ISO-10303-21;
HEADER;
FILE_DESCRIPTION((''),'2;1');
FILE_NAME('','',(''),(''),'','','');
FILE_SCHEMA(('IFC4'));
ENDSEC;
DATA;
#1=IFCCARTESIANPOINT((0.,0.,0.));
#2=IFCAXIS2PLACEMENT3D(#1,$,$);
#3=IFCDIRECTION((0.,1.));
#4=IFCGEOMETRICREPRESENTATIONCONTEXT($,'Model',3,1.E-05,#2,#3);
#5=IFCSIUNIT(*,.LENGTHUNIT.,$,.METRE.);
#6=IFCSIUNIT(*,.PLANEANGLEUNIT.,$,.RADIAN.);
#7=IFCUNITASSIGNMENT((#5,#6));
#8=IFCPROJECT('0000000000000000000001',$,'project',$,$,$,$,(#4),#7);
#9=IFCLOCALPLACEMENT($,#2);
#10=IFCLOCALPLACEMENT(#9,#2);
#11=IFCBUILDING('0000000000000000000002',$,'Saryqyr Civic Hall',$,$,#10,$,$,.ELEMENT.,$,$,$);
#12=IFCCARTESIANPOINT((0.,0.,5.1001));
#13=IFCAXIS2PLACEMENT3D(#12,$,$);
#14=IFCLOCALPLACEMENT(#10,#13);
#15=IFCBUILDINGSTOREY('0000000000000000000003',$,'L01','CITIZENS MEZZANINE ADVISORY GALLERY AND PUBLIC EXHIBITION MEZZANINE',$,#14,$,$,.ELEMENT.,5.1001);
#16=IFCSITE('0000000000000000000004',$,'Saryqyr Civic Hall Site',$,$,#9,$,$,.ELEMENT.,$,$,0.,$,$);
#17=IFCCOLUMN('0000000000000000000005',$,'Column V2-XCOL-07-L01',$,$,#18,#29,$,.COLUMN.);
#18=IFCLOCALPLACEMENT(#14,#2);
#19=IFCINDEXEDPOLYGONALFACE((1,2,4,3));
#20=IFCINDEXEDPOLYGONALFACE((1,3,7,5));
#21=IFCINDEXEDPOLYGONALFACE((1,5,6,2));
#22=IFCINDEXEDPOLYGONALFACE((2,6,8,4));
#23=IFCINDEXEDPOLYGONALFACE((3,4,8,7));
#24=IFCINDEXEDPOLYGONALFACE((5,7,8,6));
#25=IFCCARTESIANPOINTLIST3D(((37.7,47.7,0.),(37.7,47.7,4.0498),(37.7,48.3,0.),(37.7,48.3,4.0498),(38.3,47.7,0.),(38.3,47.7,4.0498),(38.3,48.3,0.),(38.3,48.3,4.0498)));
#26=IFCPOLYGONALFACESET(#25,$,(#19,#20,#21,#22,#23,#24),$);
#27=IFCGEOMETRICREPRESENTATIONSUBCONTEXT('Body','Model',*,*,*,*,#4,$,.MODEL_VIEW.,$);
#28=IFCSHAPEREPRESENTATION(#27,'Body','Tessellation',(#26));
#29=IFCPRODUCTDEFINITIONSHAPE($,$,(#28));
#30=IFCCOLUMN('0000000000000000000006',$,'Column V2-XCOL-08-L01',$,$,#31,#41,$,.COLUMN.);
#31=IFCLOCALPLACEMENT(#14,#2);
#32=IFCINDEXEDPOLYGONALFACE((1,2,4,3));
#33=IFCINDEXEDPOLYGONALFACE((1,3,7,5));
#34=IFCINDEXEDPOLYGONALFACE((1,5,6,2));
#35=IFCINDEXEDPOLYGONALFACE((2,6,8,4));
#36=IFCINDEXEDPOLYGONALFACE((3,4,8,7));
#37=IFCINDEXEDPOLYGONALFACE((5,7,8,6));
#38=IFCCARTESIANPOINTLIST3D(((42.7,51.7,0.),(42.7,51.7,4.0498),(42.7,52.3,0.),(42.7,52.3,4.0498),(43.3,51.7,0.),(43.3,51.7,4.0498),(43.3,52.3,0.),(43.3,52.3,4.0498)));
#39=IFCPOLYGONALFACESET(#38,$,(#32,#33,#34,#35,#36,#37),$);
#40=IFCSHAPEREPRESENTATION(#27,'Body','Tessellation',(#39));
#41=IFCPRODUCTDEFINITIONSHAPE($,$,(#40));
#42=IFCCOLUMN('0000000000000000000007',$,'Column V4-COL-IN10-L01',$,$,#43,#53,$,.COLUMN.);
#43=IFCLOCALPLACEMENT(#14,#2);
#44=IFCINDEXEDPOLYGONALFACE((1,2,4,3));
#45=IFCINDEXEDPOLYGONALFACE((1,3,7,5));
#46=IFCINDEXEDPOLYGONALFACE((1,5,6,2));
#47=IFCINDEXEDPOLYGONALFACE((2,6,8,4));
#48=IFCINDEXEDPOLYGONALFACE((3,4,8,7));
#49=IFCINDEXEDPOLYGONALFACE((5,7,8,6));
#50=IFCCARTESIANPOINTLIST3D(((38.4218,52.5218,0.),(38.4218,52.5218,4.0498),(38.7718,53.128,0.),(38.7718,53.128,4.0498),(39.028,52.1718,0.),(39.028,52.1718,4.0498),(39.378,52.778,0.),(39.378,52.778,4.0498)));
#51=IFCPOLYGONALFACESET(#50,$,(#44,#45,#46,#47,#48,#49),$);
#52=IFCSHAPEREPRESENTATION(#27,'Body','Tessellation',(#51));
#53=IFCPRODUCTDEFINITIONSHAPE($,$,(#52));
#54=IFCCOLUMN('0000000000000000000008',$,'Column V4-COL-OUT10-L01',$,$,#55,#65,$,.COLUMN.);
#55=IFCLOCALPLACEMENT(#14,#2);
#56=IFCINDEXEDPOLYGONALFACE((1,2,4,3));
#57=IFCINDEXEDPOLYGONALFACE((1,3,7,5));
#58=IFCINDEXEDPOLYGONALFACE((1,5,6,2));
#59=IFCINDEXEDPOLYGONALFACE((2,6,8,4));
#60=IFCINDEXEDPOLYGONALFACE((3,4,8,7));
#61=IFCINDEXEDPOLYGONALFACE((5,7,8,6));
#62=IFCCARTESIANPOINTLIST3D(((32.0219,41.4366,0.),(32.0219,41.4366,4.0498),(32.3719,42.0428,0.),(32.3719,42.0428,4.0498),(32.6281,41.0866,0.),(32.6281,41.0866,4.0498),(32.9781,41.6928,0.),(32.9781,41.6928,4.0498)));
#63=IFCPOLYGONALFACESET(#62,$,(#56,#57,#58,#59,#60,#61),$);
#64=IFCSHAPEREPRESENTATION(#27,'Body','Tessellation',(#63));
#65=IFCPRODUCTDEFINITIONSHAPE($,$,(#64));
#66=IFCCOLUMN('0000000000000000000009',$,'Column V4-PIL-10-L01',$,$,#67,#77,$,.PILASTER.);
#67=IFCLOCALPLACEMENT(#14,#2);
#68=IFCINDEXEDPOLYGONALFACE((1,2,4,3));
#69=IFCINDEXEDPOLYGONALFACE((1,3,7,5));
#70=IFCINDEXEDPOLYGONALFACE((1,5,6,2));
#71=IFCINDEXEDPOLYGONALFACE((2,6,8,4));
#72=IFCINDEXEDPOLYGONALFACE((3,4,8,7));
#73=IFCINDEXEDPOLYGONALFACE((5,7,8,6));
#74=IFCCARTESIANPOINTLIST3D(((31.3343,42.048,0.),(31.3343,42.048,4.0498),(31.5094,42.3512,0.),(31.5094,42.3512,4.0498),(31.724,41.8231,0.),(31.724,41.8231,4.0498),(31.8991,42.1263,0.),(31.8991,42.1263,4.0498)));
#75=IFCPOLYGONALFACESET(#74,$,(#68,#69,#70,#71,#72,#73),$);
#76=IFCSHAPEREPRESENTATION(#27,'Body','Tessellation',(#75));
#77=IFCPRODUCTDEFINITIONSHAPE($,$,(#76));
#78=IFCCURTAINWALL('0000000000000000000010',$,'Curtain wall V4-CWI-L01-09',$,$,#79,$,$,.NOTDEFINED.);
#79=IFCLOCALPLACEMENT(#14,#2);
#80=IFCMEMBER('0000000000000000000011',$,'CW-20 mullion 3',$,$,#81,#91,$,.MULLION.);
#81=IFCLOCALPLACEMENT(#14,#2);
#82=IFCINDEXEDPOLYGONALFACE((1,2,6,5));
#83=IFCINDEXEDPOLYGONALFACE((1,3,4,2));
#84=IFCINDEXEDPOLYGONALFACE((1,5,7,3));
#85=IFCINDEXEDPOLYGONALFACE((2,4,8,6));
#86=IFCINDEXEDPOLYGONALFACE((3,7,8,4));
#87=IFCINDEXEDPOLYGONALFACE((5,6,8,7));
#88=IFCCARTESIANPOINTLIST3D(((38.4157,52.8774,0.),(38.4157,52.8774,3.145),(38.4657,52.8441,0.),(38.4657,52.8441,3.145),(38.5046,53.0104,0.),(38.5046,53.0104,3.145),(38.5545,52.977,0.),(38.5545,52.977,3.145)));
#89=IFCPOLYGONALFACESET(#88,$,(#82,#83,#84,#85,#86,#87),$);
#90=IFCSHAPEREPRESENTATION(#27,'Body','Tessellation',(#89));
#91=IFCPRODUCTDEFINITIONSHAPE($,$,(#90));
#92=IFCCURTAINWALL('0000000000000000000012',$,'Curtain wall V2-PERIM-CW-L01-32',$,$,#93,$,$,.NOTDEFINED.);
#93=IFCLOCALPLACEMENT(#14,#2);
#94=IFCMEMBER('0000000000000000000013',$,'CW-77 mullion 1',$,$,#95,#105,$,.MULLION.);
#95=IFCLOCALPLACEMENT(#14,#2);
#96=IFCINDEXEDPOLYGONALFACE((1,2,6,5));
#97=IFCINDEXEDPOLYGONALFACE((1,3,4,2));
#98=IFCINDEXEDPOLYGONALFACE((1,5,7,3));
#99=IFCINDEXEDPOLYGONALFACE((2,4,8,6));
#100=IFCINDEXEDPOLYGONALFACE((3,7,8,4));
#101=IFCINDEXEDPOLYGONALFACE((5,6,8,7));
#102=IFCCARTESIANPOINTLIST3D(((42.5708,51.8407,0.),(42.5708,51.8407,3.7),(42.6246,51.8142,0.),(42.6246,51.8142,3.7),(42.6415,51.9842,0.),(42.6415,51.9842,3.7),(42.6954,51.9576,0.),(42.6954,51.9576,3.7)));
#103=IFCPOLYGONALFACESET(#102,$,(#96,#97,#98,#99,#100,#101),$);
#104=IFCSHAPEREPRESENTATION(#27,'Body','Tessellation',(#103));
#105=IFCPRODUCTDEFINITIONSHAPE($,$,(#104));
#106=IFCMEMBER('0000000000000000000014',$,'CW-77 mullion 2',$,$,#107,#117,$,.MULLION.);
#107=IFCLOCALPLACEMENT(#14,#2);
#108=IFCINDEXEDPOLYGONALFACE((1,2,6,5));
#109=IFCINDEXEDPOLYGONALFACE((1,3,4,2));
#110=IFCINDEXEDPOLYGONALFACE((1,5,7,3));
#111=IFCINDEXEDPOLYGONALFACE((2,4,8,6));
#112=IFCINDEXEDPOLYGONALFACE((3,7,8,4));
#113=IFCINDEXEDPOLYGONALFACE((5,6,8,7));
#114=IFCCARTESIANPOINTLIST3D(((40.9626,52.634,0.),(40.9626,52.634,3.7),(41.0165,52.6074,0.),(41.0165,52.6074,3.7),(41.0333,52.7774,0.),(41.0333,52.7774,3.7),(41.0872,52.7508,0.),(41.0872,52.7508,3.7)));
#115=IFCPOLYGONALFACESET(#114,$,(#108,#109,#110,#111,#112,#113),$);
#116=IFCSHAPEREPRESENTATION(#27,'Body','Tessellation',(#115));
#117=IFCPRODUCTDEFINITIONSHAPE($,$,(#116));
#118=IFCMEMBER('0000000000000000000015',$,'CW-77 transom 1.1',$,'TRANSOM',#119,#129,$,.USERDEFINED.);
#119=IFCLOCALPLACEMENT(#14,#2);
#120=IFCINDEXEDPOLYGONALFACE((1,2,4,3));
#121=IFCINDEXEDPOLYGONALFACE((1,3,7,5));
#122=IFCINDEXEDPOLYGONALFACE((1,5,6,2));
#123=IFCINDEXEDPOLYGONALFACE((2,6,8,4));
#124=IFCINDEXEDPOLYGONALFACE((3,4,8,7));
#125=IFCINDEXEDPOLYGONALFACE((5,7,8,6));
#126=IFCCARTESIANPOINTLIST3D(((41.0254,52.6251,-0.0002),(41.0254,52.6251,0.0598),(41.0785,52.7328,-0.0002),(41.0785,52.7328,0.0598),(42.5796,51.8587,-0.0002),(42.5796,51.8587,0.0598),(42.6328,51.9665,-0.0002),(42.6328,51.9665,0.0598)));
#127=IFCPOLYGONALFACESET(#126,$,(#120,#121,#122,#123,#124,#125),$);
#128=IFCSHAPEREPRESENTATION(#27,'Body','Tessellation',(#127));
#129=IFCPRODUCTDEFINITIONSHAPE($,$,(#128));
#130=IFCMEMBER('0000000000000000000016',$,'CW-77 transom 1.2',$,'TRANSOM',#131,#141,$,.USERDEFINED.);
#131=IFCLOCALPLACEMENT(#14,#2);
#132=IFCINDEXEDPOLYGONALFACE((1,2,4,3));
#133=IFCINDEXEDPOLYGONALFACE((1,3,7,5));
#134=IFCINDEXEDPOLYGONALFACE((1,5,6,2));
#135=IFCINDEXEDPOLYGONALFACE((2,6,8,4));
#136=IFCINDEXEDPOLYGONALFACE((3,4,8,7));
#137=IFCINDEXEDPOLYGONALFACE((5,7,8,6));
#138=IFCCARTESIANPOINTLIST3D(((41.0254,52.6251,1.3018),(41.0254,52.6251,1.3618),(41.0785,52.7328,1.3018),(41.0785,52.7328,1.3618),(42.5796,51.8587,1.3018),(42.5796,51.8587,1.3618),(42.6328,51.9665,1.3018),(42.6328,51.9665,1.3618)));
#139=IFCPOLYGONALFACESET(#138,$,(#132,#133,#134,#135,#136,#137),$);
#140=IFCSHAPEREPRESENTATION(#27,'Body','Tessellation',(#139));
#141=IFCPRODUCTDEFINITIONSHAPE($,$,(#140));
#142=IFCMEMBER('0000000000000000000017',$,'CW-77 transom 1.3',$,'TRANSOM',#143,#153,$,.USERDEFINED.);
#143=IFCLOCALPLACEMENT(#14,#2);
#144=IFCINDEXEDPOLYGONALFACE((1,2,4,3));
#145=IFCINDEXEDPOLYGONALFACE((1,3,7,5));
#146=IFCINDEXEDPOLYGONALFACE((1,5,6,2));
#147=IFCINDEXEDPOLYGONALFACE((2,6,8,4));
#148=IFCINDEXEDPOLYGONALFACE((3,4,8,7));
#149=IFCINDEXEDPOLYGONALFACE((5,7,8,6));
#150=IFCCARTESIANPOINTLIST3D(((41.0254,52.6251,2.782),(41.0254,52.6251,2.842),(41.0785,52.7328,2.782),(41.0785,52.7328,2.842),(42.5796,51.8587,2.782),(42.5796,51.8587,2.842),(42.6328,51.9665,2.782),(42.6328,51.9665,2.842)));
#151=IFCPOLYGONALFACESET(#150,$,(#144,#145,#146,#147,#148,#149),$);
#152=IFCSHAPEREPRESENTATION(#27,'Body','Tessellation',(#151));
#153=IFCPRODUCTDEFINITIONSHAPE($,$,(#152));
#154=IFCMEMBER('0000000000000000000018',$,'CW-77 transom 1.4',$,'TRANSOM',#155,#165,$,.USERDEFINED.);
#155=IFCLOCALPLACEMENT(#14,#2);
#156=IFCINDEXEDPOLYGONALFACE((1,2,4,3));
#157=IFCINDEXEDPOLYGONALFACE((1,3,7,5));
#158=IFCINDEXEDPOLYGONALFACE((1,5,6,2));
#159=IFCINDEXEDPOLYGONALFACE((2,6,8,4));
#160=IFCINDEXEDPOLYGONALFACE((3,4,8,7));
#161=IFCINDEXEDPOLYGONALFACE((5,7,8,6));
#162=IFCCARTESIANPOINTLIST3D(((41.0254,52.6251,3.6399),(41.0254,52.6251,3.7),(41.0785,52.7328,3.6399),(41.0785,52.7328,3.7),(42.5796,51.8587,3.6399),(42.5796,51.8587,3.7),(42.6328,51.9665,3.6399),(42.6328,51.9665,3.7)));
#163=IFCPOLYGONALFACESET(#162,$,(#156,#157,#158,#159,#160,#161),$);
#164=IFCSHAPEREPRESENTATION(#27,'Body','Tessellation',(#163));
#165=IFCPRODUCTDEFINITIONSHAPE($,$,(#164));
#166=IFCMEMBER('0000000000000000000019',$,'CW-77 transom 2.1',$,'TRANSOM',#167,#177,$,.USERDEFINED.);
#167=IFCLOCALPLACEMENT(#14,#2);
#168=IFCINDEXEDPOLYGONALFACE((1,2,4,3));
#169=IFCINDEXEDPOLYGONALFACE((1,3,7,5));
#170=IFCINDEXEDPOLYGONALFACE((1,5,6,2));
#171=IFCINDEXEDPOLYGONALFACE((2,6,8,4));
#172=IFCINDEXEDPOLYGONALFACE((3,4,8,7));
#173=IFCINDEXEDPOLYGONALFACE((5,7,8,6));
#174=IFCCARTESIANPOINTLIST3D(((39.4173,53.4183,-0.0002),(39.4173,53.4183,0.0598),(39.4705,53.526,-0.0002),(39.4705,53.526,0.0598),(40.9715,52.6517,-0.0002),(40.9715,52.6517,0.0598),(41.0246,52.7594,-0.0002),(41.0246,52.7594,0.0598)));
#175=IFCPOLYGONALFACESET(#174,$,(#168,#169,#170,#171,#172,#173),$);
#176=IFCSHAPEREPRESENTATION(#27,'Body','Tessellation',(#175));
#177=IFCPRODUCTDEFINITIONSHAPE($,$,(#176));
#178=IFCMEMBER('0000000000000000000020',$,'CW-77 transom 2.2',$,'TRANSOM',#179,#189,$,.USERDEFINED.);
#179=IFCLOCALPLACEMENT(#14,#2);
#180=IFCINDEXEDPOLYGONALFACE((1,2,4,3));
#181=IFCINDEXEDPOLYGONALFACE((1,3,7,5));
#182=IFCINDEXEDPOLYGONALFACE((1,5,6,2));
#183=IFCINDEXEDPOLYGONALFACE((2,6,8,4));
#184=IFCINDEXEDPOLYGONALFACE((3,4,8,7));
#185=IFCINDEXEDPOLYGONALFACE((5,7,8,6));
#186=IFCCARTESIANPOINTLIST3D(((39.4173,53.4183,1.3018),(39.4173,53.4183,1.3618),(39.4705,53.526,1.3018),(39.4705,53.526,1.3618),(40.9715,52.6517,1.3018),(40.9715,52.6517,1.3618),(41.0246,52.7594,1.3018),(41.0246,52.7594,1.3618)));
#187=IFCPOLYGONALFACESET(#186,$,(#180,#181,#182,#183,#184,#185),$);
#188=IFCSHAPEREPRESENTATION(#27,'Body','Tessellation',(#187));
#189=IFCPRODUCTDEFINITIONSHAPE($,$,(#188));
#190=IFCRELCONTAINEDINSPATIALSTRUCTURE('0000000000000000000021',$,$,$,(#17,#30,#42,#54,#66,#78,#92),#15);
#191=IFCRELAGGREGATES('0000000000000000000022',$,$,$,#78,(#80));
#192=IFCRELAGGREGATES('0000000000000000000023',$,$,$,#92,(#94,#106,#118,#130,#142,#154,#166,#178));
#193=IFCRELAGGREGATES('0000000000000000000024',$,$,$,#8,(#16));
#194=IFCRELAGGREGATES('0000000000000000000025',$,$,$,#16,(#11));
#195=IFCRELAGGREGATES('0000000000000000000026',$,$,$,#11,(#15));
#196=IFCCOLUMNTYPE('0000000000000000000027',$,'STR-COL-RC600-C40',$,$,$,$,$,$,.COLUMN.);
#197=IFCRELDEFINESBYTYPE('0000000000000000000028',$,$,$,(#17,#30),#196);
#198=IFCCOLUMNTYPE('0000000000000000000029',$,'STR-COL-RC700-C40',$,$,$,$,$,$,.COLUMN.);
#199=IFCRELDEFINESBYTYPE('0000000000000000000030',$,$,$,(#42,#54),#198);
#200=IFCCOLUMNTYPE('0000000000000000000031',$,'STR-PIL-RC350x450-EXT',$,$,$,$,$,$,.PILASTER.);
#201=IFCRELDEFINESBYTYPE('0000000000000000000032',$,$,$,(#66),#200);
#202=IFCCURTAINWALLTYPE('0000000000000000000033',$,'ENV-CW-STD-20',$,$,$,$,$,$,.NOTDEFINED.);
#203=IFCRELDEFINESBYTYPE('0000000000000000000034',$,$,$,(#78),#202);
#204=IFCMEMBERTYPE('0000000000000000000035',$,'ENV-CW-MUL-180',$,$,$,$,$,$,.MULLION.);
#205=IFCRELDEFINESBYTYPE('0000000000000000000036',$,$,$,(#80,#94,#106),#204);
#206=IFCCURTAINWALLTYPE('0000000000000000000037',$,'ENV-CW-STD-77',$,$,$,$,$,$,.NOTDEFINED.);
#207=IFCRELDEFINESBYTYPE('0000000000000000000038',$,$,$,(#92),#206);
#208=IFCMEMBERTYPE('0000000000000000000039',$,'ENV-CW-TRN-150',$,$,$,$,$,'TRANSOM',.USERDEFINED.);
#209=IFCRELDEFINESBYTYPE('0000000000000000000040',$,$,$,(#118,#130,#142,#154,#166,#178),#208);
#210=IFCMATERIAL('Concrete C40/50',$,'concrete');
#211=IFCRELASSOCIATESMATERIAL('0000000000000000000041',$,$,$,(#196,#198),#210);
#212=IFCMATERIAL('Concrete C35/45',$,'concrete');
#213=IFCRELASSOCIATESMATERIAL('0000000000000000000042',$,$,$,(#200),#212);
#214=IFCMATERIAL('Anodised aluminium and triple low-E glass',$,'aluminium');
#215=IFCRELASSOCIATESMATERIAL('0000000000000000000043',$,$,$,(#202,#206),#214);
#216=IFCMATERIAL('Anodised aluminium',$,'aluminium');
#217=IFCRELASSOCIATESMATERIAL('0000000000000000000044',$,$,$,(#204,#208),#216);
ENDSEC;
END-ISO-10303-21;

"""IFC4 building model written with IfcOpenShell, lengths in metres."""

from ifc_helpers import new_model, si_unit, direction, frame, origin, origin_2d, place, context, subcontext, project, spatial, rectangle, extrude, material, material_profile, profile_set, type_object, element, aggregate, save


model = new_model("IFC4")

# Units and contexts
model_context = context("Model", 3, precision=1e-05, world=origin(), true_north=direction((0.0, 1.0)))
body_context = subcontext(model_context, "Body", "Model", "MODEL_VIEW")
ifc_project = project(units=[si_unit("LENGTHUNIT", "METRE"), si_unit("PLANEANGLEUNIT", "RADIAN")], contexts=[model_context])

# Site, building, storey
site_placement = place(None, origin())
site = spatial("IfcSite", under=ifc_project, at=site_placement, Name="Saryqyr Civic Hall Site", CompositionType="ELEMENT", RefElevation=0.0)
building_placement = place(site_placement, origin())
building = spatial("IfcBuilding", under=site, at=building_placement, Name="Saryqyr Civic Hall", CompositionType="ELEMENT")
storey_placement = place(building_placement, frame((0.0, 0.0, 5.1001)))
storey = spatial("IfcBuildingStorey", under=building, at=storey_placement, Name="L01", Description="CITIZENS MEZZANINE ADVISORY GALLERY AND PUBLIC EXHIBITION MEZZANINE", CompositionType="ELEMENT", Elevation=5.1001)

# Columns
ifc_material_1 = material(Name="Concrete C40/50", Category="concrete")
ifc_material_profile_1 = material_profile(ifc_material_1, rectangle(XDim=0.6001, YDim=0.6001, at=origin_2d()), Name="RC 600x600")
ifc_profile_set_1 = profile_set([ifc_material_profile_1], Name="Concrete C40/50")
column_type_1 = type_object("IfcColumnType", Name="STR-COL-RC600-C40", PredefinedType="COLUMN", material=ifc_profile_set_1)
for number, where, z_axis, x_axis, name in (
    (1, (38.0, 48.0, 0.0), (0.0, 0.0, 1.0), (1.0, 0.0, 0.0), "Column V2-XCOL-07-L01"),
    (2, (43.0, 52.0, 0.0), (0.0, 0.0, 1.0), (1.0, 0.0, 0.0), "Column V2-XCOL-08-L01"),
):
    element("IfcColumn", number, at=place(storey_placement, frame(where, z_axis=z_axis, x_axis=x_axis)), inside=storey, type_object=column_type_1, Name=name, PredefinedType="COLUMN", context=body_context, shape_type="SweptSolid", body=[
        extrude(rectangle(XDim=0.6001, YDim=0.6001, at=origin_2d()), origin(), (0.0, 0.0, 1.0), 4.0498),
    ])
ifc_material_profile_2 = material_profile(ifc_material_1, rectangle(XDim=0.7, YDim=0.7, at=origin_2d()), Name="RC 700x700")
ifc_profile_set_2 = profile_set([ifc_material_profile_2], Name="Concrete C40/50")
column_type_2 = type_object("IfcColumnType", Name="STR-COL-RC700-C40", PredefinedType="COLUMN", material=ifc_profile_set_2)
for number, where, z_axis, x_axis, name in (
    (3, (38.8999, 52.6499, 0.0), (0.0, 0.0, 1.0), (-0.5, -0.866025, 0.0), "Column V4-COL-IN10-L01"),
    (4, (32.5, 41.5647, 0.0), (0.0, 0.0, 1.0), (-0.5, -0.866025, 0.0), "Column V4-COL-OUT10-L01"),
):
    element("IfcColumn", number, at=place(storey_placement, frame(where, z_axis=z_axis, x_axis=x_axis)), inside=storey, type_object=column_type_2, Name=name, PredefinedType="COLUMN", context=body_context, shape_type="SweptSolid", body=[
        extrude(rectangle(XDim=0.7, YDim=0.7, at=origin_2d()), origin(), (0.0, 0.0, 1.0), 4.0498),
    ])
ifc_material_2 = material(Name="Concrete C35/45", Category="concrete")
ifc_material_profile_3 = material_profile(ifc_material_2, rectangle(XDim=0.3501, YDim=0.45, at=origin_2d()), Name="RC 350x450")
ifc_profile_set_3 = profile_set([ifc_material_profile_3], Name="Concrete C35/45")
column_type_3 = type_object("IfcColumnType", Name="STR-PIL-RC350x450-EXT", PredefinedType="PILASTER", material=ifc_profile_set_3)
column_placement = place(storey_placement, frame((31.6167, 42.0872, 0.0), z_axis=(0.0, 0.0, 1.0), x_axis=(-0.5, -0.866025, 0.0)))
element("IfcColumn", 5, at=column_placement, inside=storey, type_object=column_type_3, Name="Column V4-PIL-10-L01", PredefinedType="PILASTER", context=body_context, shape_type="SweptSolid", body=[
    extrude(rectangle(XDim=0.3501, YDim=0.45, at=origin_2d()), origin(), (0.0, 0.0, 1.0), 4.0498),
])

# Curtain wall, member
ifc_material_3 = material(Name="Anodised aluminium and triple low-E glass", Category="aluminium")
curtain_wall_type_1 = type_object("IfcCurtainWallType", Name="ENV-CW-STD-20", PredefinedType="NOTDEFINED", material=ifc_material_3)
curtain_wall_1_placement = place(storey_placement, origin())
curtain_wall_1 = element("IfcCurtainWall", 6, at=curtain_wall_1_placement, inside=storey, type_object=curtain_wall_type_1, Name="Curtain wall V4-CWI-L01-09", PredefinedType="NOTDEFINED")
ifc_material_4 = material(Name="Anodised aluminium", Category="aluminium")
ifc_material_profile_4 = material_profile(ifc_material_4, rectangle(XDim=0.0601, YDim=0.1599, at=origin_2d()), Name="ALU MULLION 60x160")
ifc_profile_set_4 = profile_set([ifc_material_profile_4], Name="Anodised aluminium")
member_type_1 = type_object("IfcMemberType", Name="ENV-CW-MUL-180", PredefinedType="MULLION", material=ifc_profile_set_4)
member_1_placement = place(storey_placement, frame((38.4851, 52.9272, 0.0), z_axis=(0.0, 0.0, 1.0), x_axis=(0.831479, -0.555557, 0.0)))
member_1 = element("IfcMember", 7, at=member_1_placement, type_object=member_type_1, Name="CW-20 mullion 3", PredefinedType="MULLION", context=body_context, shape_type="SweptSolid", body=[
    extrude(rectangle(XDim=0.0601, YDim=0.1599, at=origin_2d()), origin(), (0.0, 0.0, 1.0), 3.145),
])
aggregate(curtain_wall_1, [member_1])

# Curtain wall, members
curtain_wall_type_2 = type_object("IfcCurtainWallType", Name="ENV-CW-STD-77", PredefinedType="NOTDEFINED", material=ifc_material_3)
curtain_wall_2_placement = place(storey_placement, origin())
curtain_wall_2 = element("IfcCurtainWall", 8, at=curtain_wall_2_placement, inside=storey, type_object=curtain_wall_type_2, Name="Curtain wall V2-PERIM-CW-L01-32", PredefinedType="NOTDEFINED")
member_2_placement = place(storey_placement, frame((42.6331, 51.8992, 0.0), z_axis=(0.0, 0.0, 1.0), x_axis=(-0.896871, 0.442292, 0.0)))
member_2 = element("IfcMember", 9, at=member_2_placement, type_object=member_type_1, Name="CW-77 mullion 1", PredefinedType="MULLION", context=body_context, shape_type="SweptSolid", body=[
    extrude(rectangle(XDim=0.0601, YDim=0.1599, at=origin_2d()), origin(), (0.0, 0.0, 1.0), 3.7),
])
member_3_placement = place(storey_placement, frame((41.0249, 52.6924, 0.0), z_axis=(0.0, 0.0, 1.0), x_axis=(-0.896871, 0.442292, 0.0)))
member_3 = element("IfcMember", 10, at=member_3_placement, type_object=member_type_1, Name="CW-77 mullion 2", PredefinedType="MULLION", context=body_context, shape_type="SweptSolid", body=[
    extrude(rectangle(XDim=0.0601, YDim=0.1599, at=origin_2d()), origin(), (0.0, 0.0, 1.0), 3.7),
])
ifc_material_profile_5 = material_profile(ifc_material_4, rectangle(XDim=0.1201, YDim=0.0601, at=origin_2d()), Name="ALU TRANSOM 120x60")
ifc_profile_set_5 = profile_set([ifc_material_profile_5], Name="Anodised aluminium")
member_type_2 = type_object("IfcMemberType", Name="ENV-CW-TRN-150", ElementType="TRANSOM", PredefinedType="USERDEFINED", material=ifc_profile_set_5)
member_4_placement = place(storey_placement, frame((42.6062, 51.9126, 0.0298), z_axis=(-0.896893, 0.442247, 0.0), x_axis=(-0.442247, -0.896893, 0.0)))
member_4 = element("IfcMember", 11, at=member_4_placement, type_object=member_type_2, Name="CW-77 transom 1.1", ObjectType="TRANSOM", PredefinedType="USERDEFINED", context=body_context, shape_type="SweptSolid", body=[
    extrude(rectangle(XDim=0.1201, YDim=0.0601, at=origin_2d()), origin(), (0.0, 0.0, 1.0), 1.7329),
])
member_5_placement = place(storey_placement, frame((42.6062, 51.9126, 1.3318), z_axis=(-0.896893, 0.442247, 0.0), x_axis=(-0.442247, -0.896893, 0.0)))
member_5 = element("IfcMember", 12, at=member_5_placement, type_object=member_type_2, Name="CW-77 transom 1.2", ObjectType="TRANSOM", PredefinedType="USERDEFINED", context=body_context, shape_type="SweptSolid", body=[
    extrude(rectangle(XDim=0.1201, YDim=0.0601, at=origin_2d()), origin(), (0.0, 0.0, 1.0), 1.7329),
])
member_6_placement = place(storey_placement, frame((42.6062, 51.9126, 2.812), z_axis=(-0.896893, 0.442247, 0.0), x_axis=(-0.442247, -0.896893, 0.0)))
member_6 = element("IfcMember", 13, at=member_6_placement, type_object=member_type_2, Name="CW-77 transom 1.3", ObjectType="TRANSOM", PredefinedType="USERDEFINED", context=body_context, shape_type="SweptSolid", body=[
    extrude(rectangle(XDim=0.1201, YDim=0.0601, at=origin_2d()), origin(), (0.0, 0.0, 1.0), 1.7329),
])
member_7_placement = place(storey_placement, frame((42.6062, 51.9126, 3.6699), z_axis=(-0.896893, 0.442247, 0.0), x_axis=(-0.442247, -0.896893, 0.0)))
member_7 = element("IfcMember", 14, at=member_7_placement, type_object=member_type_2, Name="CW-77 transom 1.4", ObjectType="TRANSOM", PredefinedType="USERDEFINED", context=body_context, shape_type="SweptSolid", body=[
    extrude(rectangle(XDim=0.1201, YDim=0.0601, at=origin_2d()), origin(), (0.0, 0.0, 1.0), 1.7329),
])
member_8_placement = place(storey_placement, frame((40.998, 52.7056, 0.0298), z_axis=(-0.896837, 0.442361, 0.0), x_axis=(-0.442361, -0.896837, 0.0)))
member_8 = element("IfcMember", 15, at=member_8_placement, type_object=member_type_2, Name="CW-77 transom 2.1", ObjectType="TRANSOM", PredefinedType="USERDEFINED", context=body_context, shape_type="SweptSolid", body=[
    extrude(rectangle(XDim=0.1201, YDim=0.0601, at=origin_2d()), origin(), (0.0, 0.0, 1.0), 1.7329),
])
member_9_placement = place(storey_placement, frame((40.998, 52.7056, 1.3318), z_axis=(-0.896837, 0.442361, 0.0), x_axis=(-0.442361, -0.896837, 0.0)))
member_9 = element("IfcMember", 16, at=member_9_placement, type_object=member_type_2, Name="CW-77 transom 2.2", ObjectType="TRANSOM", PredefinedType="USERDEFINED", context=body_context, shape_type="SweptSolid", body=[
    extrude(rectangle(XDim=0.1201, YDim=0.0601, at=origin_2d()), origin(), (0.0, 0.0, 1.0), 1.7329),
])

aggregate(curtain_wall_2, [member_2, member_3, member_4, member_5, member_6, member_7, member_8, member_9])

save(model, "model.ifc")
